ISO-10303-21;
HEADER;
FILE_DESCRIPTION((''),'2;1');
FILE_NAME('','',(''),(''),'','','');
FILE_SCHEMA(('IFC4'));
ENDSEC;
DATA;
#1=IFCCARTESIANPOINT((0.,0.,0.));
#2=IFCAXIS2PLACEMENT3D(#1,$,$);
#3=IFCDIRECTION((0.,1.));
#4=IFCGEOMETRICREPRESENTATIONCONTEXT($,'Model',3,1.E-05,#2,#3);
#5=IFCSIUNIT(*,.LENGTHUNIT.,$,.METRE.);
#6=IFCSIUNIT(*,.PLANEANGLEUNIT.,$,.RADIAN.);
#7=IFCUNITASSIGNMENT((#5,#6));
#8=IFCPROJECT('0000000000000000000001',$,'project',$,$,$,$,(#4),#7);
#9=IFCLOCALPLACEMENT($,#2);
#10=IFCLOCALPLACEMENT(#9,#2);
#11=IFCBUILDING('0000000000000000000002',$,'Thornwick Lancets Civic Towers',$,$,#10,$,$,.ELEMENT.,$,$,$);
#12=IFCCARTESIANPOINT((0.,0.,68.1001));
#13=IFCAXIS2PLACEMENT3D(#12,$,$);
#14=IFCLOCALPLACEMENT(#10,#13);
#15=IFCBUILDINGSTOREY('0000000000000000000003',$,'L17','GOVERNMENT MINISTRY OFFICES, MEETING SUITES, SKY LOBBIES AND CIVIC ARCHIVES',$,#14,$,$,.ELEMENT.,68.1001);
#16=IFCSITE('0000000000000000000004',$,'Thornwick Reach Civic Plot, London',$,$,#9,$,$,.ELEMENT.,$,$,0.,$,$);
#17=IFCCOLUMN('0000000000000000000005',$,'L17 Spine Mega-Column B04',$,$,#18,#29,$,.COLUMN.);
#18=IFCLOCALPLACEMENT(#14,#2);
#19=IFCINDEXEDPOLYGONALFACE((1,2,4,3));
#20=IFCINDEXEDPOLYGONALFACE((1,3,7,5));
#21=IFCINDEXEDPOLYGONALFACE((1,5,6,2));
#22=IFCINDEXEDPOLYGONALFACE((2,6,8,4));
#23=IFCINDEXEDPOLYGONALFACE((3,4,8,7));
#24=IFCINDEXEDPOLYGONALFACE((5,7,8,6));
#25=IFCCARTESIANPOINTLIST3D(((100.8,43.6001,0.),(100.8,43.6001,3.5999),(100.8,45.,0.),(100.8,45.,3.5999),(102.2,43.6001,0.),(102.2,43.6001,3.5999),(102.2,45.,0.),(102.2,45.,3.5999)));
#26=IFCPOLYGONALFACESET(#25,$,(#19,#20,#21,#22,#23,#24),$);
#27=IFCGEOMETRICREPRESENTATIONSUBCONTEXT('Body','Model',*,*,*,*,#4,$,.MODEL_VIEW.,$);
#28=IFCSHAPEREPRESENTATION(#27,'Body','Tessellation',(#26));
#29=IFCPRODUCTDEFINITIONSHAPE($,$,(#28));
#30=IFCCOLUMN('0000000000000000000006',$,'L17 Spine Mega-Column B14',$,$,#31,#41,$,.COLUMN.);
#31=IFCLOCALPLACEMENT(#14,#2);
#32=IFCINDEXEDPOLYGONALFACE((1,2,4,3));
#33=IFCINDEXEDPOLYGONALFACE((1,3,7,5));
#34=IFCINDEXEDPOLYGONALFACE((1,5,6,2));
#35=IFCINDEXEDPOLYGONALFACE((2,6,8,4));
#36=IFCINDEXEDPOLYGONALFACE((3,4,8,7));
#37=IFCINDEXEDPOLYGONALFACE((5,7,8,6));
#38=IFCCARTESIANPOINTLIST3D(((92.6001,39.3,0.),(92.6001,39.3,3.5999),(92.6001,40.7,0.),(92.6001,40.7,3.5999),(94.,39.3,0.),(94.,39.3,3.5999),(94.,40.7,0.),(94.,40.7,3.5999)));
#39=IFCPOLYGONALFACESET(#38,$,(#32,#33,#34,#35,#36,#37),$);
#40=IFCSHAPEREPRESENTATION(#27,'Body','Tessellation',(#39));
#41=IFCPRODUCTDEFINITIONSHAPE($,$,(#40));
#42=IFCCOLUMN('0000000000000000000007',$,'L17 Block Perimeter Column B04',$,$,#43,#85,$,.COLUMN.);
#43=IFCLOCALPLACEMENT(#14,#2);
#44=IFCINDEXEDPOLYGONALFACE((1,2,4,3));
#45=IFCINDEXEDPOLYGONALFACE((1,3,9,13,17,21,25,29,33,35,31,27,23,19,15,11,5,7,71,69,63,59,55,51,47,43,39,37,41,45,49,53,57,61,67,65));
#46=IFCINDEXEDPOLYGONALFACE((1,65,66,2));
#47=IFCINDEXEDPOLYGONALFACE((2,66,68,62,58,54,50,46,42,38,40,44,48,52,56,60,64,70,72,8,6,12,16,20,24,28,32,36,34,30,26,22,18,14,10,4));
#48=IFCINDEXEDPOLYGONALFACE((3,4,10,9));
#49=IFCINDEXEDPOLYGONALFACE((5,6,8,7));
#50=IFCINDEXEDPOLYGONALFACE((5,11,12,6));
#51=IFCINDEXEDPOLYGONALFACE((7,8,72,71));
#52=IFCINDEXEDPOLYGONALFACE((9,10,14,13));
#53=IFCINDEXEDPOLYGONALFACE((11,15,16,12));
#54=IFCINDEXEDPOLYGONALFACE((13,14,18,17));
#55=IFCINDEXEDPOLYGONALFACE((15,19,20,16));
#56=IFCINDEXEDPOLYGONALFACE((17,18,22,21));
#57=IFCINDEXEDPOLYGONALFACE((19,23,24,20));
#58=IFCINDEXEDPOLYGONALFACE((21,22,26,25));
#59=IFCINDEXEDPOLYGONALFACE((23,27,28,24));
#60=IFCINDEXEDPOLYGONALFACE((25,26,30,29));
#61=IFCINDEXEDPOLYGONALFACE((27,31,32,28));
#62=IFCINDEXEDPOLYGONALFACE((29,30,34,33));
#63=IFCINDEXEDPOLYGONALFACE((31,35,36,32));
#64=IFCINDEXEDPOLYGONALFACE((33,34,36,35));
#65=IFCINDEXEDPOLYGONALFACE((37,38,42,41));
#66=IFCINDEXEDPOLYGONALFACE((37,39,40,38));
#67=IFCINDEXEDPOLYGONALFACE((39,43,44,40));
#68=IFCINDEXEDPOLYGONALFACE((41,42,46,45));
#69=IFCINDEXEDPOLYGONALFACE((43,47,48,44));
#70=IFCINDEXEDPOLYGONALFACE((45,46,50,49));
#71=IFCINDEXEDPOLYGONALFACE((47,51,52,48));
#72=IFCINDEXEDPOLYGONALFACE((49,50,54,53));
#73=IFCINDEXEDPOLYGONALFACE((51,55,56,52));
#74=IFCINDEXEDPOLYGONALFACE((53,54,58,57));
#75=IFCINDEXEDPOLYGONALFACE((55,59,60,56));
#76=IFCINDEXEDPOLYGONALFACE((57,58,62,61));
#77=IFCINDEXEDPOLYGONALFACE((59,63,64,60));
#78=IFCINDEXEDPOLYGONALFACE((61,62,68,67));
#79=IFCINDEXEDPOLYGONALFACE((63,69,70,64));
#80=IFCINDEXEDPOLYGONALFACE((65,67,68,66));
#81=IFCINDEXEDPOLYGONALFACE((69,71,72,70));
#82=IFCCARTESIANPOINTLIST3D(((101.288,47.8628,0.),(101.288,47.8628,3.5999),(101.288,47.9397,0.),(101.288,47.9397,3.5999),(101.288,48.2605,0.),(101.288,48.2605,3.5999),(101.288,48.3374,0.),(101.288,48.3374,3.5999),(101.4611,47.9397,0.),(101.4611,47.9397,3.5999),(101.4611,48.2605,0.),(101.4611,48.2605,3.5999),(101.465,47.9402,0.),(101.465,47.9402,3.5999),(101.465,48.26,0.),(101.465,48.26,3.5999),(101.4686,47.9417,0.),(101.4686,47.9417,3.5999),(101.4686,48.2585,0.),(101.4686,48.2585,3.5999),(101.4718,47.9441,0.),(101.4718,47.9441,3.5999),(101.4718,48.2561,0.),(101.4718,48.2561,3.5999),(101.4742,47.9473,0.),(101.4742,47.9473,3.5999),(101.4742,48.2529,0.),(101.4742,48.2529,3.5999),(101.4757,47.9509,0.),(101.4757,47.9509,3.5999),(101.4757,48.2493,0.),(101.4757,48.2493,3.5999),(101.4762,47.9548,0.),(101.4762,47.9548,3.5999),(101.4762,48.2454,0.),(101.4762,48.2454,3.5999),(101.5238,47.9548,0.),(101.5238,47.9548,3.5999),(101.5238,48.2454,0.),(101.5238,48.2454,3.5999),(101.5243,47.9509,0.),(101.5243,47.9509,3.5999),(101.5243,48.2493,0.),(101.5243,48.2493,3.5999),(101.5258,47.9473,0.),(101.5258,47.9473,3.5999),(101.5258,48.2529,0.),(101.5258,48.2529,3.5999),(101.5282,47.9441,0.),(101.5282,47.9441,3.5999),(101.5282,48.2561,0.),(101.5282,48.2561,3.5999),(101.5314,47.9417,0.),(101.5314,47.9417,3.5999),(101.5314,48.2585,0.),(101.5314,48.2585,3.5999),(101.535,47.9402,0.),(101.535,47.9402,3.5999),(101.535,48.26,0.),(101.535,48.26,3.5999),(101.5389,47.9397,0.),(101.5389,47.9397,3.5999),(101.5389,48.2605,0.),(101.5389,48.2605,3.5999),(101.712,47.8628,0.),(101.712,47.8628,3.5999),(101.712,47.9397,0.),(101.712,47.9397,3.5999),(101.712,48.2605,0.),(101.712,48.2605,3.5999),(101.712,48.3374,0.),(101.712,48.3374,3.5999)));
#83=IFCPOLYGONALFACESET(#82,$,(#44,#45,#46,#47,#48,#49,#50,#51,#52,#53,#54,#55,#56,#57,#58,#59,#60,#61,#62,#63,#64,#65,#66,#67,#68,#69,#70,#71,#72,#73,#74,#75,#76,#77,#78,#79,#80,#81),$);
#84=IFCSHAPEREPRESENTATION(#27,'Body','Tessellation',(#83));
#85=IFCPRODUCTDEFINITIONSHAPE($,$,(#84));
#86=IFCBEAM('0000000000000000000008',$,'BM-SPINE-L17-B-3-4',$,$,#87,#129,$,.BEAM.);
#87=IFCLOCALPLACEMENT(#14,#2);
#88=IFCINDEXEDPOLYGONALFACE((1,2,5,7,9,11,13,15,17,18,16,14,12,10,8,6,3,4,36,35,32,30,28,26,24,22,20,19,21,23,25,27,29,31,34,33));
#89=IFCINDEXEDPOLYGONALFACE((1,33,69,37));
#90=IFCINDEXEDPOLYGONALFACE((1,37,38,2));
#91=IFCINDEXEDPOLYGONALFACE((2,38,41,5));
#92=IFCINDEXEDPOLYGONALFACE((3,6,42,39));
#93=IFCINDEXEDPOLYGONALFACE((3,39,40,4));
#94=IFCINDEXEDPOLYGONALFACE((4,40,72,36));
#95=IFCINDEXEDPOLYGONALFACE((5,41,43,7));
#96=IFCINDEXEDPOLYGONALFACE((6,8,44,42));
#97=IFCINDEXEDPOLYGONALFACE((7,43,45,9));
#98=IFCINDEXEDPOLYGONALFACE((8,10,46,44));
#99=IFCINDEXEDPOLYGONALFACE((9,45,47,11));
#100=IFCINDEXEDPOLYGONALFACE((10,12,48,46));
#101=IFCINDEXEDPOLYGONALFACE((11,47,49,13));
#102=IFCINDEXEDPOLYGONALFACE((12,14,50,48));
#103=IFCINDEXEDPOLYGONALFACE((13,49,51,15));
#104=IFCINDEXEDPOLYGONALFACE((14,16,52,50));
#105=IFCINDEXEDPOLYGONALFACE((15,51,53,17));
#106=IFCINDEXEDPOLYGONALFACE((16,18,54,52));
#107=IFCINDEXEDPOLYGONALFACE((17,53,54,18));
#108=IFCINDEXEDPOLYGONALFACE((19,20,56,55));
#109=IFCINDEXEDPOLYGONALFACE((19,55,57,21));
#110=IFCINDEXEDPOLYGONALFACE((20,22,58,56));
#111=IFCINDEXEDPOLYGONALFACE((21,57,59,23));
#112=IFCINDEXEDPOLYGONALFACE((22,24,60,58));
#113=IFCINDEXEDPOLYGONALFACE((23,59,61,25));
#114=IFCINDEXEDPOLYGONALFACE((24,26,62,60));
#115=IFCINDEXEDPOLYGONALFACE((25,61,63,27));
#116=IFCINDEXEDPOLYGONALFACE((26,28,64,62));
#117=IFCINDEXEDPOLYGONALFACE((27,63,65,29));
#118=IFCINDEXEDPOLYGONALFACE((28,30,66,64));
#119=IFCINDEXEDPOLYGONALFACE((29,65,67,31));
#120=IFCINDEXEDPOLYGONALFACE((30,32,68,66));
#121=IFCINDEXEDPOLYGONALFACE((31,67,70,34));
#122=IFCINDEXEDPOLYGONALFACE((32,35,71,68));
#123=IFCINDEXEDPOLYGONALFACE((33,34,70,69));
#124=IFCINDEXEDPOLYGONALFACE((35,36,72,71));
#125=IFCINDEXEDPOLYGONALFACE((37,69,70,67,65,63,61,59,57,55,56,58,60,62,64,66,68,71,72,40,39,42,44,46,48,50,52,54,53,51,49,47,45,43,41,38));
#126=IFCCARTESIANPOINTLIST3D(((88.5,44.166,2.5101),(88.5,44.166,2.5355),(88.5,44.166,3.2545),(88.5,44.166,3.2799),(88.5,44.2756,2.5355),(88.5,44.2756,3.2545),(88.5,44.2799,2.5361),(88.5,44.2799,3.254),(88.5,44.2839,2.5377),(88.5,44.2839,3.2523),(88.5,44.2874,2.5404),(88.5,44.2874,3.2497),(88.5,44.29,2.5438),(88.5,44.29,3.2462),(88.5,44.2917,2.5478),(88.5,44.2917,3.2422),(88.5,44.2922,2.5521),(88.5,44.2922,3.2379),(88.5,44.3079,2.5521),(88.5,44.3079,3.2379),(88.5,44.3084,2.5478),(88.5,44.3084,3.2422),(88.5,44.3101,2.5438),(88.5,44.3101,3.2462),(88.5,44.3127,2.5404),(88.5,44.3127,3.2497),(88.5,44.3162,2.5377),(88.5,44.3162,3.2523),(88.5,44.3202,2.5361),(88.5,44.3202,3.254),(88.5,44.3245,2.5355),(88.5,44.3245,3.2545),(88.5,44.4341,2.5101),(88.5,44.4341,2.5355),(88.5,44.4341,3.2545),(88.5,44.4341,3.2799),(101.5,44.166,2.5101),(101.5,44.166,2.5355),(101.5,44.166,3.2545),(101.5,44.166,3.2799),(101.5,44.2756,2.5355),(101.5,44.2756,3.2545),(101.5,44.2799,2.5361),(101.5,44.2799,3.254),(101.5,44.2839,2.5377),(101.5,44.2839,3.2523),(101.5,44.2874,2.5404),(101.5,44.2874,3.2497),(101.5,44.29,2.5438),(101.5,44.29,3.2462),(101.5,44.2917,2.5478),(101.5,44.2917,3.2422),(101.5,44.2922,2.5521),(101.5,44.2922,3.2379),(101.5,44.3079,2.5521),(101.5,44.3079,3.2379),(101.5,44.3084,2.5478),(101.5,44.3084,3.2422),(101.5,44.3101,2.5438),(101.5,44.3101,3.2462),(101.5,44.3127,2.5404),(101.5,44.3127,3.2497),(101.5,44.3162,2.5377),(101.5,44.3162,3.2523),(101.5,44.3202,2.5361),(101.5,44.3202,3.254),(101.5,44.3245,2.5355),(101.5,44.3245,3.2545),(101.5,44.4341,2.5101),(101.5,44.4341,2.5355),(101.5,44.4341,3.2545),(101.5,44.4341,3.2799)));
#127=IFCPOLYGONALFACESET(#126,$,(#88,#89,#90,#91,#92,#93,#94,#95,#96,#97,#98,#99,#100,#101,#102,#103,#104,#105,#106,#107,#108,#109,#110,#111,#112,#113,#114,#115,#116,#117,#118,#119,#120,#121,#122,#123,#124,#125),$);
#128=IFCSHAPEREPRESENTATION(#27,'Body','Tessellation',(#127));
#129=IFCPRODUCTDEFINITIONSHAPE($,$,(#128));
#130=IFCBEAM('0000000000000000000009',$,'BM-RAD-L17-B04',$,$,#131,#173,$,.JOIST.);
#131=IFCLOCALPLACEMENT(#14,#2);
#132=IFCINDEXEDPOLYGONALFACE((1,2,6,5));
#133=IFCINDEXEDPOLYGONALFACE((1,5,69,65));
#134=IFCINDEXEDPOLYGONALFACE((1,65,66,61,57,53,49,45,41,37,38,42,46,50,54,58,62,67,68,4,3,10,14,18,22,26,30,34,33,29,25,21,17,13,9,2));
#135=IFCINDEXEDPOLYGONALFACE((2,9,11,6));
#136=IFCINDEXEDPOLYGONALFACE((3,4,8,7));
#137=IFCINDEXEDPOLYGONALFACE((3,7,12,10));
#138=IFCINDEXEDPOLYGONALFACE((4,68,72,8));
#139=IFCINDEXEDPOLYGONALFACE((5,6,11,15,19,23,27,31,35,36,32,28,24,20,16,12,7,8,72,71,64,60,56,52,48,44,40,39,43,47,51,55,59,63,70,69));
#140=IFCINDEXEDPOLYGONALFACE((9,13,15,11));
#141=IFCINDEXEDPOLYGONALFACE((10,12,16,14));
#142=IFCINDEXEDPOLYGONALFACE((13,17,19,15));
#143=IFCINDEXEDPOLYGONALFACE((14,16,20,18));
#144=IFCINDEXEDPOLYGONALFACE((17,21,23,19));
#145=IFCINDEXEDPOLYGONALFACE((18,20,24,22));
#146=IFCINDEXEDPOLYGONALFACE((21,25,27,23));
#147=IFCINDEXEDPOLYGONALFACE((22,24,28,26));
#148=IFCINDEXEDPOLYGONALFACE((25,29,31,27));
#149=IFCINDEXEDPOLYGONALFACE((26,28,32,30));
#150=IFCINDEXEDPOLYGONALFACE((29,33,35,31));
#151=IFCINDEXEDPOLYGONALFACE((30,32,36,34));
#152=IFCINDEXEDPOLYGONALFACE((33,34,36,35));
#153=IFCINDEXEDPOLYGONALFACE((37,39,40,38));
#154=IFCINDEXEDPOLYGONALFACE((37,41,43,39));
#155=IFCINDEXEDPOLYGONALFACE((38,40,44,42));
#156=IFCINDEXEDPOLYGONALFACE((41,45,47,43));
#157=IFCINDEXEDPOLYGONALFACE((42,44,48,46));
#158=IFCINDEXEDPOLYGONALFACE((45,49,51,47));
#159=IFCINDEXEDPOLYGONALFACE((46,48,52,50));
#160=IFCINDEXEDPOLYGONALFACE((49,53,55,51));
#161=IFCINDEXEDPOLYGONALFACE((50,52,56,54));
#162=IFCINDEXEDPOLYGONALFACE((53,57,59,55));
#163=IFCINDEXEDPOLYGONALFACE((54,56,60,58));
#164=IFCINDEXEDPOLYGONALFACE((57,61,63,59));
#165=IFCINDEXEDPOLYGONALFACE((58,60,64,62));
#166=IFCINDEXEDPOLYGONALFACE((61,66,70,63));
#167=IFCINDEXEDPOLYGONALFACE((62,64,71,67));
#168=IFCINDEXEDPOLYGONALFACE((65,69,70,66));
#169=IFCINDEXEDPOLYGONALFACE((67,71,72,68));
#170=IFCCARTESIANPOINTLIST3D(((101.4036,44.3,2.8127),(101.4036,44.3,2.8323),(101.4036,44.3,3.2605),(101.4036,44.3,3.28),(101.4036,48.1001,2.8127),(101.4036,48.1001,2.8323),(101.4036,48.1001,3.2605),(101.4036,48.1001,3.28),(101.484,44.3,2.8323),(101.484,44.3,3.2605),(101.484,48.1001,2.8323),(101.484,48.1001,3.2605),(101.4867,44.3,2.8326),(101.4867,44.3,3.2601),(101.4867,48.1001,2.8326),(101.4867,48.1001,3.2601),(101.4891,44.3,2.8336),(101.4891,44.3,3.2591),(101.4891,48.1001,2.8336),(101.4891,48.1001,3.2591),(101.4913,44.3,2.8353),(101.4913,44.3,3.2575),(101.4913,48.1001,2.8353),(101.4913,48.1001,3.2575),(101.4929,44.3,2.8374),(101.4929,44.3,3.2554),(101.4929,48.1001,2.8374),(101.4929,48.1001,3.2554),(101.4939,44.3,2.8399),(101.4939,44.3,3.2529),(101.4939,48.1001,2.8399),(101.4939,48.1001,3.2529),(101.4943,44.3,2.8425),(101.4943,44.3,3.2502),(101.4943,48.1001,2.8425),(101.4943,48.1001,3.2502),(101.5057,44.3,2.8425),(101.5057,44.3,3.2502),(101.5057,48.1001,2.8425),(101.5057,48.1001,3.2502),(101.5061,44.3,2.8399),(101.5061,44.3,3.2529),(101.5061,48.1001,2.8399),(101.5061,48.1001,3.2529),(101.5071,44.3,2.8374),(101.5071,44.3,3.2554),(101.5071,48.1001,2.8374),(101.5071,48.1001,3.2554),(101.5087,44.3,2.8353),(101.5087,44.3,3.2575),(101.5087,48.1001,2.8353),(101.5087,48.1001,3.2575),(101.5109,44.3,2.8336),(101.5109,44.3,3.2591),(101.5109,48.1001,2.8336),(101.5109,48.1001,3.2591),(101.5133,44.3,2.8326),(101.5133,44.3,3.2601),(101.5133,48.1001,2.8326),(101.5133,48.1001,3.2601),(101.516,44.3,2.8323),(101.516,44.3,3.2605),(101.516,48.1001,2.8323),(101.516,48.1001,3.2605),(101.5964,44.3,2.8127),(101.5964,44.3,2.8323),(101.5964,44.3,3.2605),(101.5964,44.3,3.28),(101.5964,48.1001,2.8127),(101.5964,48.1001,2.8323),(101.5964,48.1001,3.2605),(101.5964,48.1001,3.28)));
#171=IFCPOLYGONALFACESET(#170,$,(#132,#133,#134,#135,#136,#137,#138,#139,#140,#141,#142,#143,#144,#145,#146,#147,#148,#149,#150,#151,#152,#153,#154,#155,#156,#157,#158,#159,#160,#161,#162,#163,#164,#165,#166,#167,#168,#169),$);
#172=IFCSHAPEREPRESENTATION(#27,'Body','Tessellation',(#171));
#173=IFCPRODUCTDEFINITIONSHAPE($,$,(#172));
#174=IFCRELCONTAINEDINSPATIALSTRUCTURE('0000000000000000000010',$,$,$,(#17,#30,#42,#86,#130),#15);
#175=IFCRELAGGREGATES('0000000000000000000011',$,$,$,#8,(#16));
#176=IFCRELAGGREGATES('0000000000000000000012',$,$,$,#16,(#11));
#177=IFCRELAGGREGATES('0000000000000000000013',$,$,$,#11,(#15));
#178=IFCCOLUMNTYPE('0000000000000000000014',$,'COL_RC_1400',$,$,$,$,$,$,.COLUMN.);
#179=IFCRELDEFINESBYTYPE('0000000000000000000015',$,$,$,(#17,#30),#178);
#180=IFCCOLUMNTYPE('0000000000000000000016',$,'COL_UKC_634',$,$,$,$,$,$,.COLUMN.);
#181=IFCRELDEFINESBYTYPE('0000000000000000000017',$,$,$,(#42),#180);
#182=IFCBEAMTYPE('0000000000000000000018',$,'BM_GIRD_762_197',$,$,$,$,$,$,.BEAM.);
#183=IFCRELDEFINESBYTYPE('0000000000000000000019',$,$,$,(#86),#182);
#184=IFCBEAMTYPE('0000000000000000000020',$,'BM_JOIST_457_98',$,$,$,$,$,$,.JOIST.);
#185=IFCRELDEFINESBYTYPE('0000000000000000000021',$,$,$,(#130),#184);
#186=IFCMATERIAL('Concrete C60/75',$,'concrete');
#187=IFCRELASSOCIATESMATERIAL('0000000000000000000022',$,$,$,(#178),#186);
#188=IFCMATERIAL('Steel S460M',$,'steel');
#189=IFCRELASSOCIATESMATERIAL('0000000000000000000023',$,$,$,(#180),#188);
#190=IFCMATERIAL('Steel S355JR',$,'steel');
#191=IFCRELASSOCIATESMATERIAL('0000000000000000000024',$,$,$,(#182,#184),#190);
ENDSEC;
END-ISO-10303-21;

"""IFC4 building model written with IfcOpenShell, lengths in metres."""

from ifc_helpers import new_model, si_unit, direction, frame, origin, origin_2d, place, context, subcontext, project, spatial, rectangle, i_section, extrude, material, material_profile, profile_set, type_object, element, save


model = new_model("IFC4")

# Units and contexts
model_context = context("Model", 3, precision=1e-05, world=origin(), true_north=direction((0.0, 1.0)))
body_context = subcontext(model_context, "Body", "Model", "MODEL_VIEW")
ifc_project = project(units=[si_unit("LENGTHUNIT", "METRE"), si_unit("PLANEANGLEUNIT", "RADIAN")], contexts=[model_context])

# Site, building, storey
site_placement = place(None, origin())
site = spatial("IfcSite", under=ifc_project, at=site_placement, Name="Thornwick Reach Civic Plot, London", CompositionType="ELEMENT", RefElevation=0.0)
building_placement = place(site_placement, origin())
building = spatial("IfcBuilding", under=site, at=building_placement, Name="Thornwick Lancets Civic Towers", CompositionType="ELEMENT")
storey_placement = place(building_placement, frame((0.0, 0.0, 68.1001)))
storey = spatial("IfcBuildingStorey", under=building, at=storey_placement, Name="L17", Description="GOVERNMENT MINISTRY OFFICES, MEETING SUITES, SKY LOBBIES AND CIVIC ARCHIVES", CompositionType="ELEMENT", Elevation=68.1001)

# Columns
ifc_material_1 = material(Name="Concrete C60/75", Category="concrete")
ifc_material_profile_1 = material_profile(ifc_material_1, rectangle(XDim=1.3999, YDim=1.3999, at=origin_2d()), Name="RC 1400x1400")
ifc_profile_set_1 = profile_set([ifc_material_profile_1], Name="Concrete C60/75")
column_type_1 = type_object("IfcColumnType", Name="COL_RC_1400", PredefinedType="COLUMN", material=ifc_profile_set_1)
for number, where, z_axis, x_axis, name in (
    (1, (101.5, 44.3, 0.0), (0.0, 0.0, 1.0), (1.0, 0.0, 0.0), "L17 Spine Mega-Column B04"),
    (2, (93.3, 40.0, 0.0), (0.0, 0.0, 1.0), (1.0, 0.0, 0.0), "L17 Spine Mega-Column B14"),
):
    element("IfcColumn", number, at=place(storey_placement, frame(where, z_axis=z_axis, x_axis=x_axis)), inside=storey, type_object=column_type_1, Name=name, PredefinedType="COLUMN", context=body_context, shape_type="SweptSolid", body=[
        extrude(rectangle(XDim=1.3999, YDim=1.3999, at=origin_2d()), origin(), (0.0, 0.0, 1.0), 3.5999),
    ])
ifc_material_2 = material(Name="Steel S460M", Category="steel")
ifc_material_profile_2 = material_profile(ifc_material_2, i_section(OverallWidth=0.4241, OverallDepth=0.4746, WebThickness=0.0476, FlangeThickness=0.0769, FilletRadius=0.0151, at=origin_2d()), Name="UKC 356x406x634")
ifc_profile_set_2 = profile_set([ifc_material_profile_2], Name="Steel S460M")
column_type_2 = type_object("IfcColumnType", Name="COL_UKC_634", PredefinedType="COLUMN", material=ifc_profile_set_2)
column_placement = place(storey_placement, frame((101.5, 48.1001, 0.0), z_axis=(0.0, 0.0, 1.0), x_axis=(1.0, 0.0, 0.0)))
element("IfcColumn", 3, at=column_placement, inside=storey, type_object=column_type_2, Name="L17 Block Perimeter Column B04", PredefinedType="COLUMN", context=body_context, shape_type="SweptSolid", body=[
    extrude(i_section(OverallWidth=0.4241, OverallDepth=0.4746, WebThickness=0.0476, FlangeThickness=0.0769, FilletRadius=0.0151, at=origin_2d()), origin(), (0.0, 0.0, 1.0), 3.5999),
])

# Beams
ifc_material_3 = material(Name="Steel S355JR", Category="steel")
ifc_material_profile_3 = material_profile(ifc_material_3, i_section(OverallWidth=0.2681, OverallDepth=0.7698, WebThickness=0.0156, FlangeThickness=0.0254, FilletRadius=0.0166, at=origin_2d()), Name="UKB 762x267x197")
ifc_profile_set_3 = profile_set([ifc_material_profile_3], Name="Steel S355JR")
beam_type_1 = type_object("IfcBeamType", Name="BM_GIRD_762_197", PredefinedType="BEAM", material=ifc_profile_set_3)
beam_1_placement = place(storey_placement, frame((101.5, 44.3, 2.895), z_axis=(-1.0, 0.0, 0.0), x_axis=(0.0, -1.0, 0.0)))
element("IfcBeam", 4, at=beam_1_placement, inside=storey, type_object=beam_type_1, Name="BM-SPINE-L17-B-3-4", PredefinedType="BEAM", context=body_context, shape_type="SweptSolid", body=[
    extrude(i_section(OverallWidth=0.2681, OverallDepth=0.7698, WebThickness=0.0156, FlangeThickness=0.0254, FilletRadius=0.0166, at=origin_2d()), origin(), (0.0, 0.0, 1.0), 13.0),
])
ifc_material_profile_4 = material_profile(ifc_material_3, i_section(OverallWidth=0.1929, OverallDepth=0.4673, WebThickness=0.0115, FlangeThickness=0.0195, FilletRadius=0.0103, at=origin_2d()), Name="UKB 457x191x98")
ifc_profile_set_4 = profile_set([ifc_material_profile_4], Name="Steel S355JR")
beam_type_2 = type_object("IfcBeamType", Name="BM_JOIST_457_98", PredefinedType="JOIST", material=ifc_profile_set_4)
beam_2_placement = place(storey_placement, frame((101.5, 44.3, 3.0464), z_axis=(0.0, 1.0, 0.0), x_axis=(-1.0, 0.0, 0.0)))
element("IfcBeam", 5, at=beam_2_placement, inside=storey, type_object=beam_type_2, Name="BM-RAD-L17-B04", PredefinedType="JOIST", context=body_context, shape_type="SweptSolid", body=[
    extrude(i_section(OverallWidth=0.1929, OverallDepth=0.4673, WebThickness=0.0115, FlangeThickness=0.0195, FilletRadius=0.0103, at=origin_2d()), origin(), (0.0, 0.0, 1.0), 3.8),
])

save(model, "model.ifc")
